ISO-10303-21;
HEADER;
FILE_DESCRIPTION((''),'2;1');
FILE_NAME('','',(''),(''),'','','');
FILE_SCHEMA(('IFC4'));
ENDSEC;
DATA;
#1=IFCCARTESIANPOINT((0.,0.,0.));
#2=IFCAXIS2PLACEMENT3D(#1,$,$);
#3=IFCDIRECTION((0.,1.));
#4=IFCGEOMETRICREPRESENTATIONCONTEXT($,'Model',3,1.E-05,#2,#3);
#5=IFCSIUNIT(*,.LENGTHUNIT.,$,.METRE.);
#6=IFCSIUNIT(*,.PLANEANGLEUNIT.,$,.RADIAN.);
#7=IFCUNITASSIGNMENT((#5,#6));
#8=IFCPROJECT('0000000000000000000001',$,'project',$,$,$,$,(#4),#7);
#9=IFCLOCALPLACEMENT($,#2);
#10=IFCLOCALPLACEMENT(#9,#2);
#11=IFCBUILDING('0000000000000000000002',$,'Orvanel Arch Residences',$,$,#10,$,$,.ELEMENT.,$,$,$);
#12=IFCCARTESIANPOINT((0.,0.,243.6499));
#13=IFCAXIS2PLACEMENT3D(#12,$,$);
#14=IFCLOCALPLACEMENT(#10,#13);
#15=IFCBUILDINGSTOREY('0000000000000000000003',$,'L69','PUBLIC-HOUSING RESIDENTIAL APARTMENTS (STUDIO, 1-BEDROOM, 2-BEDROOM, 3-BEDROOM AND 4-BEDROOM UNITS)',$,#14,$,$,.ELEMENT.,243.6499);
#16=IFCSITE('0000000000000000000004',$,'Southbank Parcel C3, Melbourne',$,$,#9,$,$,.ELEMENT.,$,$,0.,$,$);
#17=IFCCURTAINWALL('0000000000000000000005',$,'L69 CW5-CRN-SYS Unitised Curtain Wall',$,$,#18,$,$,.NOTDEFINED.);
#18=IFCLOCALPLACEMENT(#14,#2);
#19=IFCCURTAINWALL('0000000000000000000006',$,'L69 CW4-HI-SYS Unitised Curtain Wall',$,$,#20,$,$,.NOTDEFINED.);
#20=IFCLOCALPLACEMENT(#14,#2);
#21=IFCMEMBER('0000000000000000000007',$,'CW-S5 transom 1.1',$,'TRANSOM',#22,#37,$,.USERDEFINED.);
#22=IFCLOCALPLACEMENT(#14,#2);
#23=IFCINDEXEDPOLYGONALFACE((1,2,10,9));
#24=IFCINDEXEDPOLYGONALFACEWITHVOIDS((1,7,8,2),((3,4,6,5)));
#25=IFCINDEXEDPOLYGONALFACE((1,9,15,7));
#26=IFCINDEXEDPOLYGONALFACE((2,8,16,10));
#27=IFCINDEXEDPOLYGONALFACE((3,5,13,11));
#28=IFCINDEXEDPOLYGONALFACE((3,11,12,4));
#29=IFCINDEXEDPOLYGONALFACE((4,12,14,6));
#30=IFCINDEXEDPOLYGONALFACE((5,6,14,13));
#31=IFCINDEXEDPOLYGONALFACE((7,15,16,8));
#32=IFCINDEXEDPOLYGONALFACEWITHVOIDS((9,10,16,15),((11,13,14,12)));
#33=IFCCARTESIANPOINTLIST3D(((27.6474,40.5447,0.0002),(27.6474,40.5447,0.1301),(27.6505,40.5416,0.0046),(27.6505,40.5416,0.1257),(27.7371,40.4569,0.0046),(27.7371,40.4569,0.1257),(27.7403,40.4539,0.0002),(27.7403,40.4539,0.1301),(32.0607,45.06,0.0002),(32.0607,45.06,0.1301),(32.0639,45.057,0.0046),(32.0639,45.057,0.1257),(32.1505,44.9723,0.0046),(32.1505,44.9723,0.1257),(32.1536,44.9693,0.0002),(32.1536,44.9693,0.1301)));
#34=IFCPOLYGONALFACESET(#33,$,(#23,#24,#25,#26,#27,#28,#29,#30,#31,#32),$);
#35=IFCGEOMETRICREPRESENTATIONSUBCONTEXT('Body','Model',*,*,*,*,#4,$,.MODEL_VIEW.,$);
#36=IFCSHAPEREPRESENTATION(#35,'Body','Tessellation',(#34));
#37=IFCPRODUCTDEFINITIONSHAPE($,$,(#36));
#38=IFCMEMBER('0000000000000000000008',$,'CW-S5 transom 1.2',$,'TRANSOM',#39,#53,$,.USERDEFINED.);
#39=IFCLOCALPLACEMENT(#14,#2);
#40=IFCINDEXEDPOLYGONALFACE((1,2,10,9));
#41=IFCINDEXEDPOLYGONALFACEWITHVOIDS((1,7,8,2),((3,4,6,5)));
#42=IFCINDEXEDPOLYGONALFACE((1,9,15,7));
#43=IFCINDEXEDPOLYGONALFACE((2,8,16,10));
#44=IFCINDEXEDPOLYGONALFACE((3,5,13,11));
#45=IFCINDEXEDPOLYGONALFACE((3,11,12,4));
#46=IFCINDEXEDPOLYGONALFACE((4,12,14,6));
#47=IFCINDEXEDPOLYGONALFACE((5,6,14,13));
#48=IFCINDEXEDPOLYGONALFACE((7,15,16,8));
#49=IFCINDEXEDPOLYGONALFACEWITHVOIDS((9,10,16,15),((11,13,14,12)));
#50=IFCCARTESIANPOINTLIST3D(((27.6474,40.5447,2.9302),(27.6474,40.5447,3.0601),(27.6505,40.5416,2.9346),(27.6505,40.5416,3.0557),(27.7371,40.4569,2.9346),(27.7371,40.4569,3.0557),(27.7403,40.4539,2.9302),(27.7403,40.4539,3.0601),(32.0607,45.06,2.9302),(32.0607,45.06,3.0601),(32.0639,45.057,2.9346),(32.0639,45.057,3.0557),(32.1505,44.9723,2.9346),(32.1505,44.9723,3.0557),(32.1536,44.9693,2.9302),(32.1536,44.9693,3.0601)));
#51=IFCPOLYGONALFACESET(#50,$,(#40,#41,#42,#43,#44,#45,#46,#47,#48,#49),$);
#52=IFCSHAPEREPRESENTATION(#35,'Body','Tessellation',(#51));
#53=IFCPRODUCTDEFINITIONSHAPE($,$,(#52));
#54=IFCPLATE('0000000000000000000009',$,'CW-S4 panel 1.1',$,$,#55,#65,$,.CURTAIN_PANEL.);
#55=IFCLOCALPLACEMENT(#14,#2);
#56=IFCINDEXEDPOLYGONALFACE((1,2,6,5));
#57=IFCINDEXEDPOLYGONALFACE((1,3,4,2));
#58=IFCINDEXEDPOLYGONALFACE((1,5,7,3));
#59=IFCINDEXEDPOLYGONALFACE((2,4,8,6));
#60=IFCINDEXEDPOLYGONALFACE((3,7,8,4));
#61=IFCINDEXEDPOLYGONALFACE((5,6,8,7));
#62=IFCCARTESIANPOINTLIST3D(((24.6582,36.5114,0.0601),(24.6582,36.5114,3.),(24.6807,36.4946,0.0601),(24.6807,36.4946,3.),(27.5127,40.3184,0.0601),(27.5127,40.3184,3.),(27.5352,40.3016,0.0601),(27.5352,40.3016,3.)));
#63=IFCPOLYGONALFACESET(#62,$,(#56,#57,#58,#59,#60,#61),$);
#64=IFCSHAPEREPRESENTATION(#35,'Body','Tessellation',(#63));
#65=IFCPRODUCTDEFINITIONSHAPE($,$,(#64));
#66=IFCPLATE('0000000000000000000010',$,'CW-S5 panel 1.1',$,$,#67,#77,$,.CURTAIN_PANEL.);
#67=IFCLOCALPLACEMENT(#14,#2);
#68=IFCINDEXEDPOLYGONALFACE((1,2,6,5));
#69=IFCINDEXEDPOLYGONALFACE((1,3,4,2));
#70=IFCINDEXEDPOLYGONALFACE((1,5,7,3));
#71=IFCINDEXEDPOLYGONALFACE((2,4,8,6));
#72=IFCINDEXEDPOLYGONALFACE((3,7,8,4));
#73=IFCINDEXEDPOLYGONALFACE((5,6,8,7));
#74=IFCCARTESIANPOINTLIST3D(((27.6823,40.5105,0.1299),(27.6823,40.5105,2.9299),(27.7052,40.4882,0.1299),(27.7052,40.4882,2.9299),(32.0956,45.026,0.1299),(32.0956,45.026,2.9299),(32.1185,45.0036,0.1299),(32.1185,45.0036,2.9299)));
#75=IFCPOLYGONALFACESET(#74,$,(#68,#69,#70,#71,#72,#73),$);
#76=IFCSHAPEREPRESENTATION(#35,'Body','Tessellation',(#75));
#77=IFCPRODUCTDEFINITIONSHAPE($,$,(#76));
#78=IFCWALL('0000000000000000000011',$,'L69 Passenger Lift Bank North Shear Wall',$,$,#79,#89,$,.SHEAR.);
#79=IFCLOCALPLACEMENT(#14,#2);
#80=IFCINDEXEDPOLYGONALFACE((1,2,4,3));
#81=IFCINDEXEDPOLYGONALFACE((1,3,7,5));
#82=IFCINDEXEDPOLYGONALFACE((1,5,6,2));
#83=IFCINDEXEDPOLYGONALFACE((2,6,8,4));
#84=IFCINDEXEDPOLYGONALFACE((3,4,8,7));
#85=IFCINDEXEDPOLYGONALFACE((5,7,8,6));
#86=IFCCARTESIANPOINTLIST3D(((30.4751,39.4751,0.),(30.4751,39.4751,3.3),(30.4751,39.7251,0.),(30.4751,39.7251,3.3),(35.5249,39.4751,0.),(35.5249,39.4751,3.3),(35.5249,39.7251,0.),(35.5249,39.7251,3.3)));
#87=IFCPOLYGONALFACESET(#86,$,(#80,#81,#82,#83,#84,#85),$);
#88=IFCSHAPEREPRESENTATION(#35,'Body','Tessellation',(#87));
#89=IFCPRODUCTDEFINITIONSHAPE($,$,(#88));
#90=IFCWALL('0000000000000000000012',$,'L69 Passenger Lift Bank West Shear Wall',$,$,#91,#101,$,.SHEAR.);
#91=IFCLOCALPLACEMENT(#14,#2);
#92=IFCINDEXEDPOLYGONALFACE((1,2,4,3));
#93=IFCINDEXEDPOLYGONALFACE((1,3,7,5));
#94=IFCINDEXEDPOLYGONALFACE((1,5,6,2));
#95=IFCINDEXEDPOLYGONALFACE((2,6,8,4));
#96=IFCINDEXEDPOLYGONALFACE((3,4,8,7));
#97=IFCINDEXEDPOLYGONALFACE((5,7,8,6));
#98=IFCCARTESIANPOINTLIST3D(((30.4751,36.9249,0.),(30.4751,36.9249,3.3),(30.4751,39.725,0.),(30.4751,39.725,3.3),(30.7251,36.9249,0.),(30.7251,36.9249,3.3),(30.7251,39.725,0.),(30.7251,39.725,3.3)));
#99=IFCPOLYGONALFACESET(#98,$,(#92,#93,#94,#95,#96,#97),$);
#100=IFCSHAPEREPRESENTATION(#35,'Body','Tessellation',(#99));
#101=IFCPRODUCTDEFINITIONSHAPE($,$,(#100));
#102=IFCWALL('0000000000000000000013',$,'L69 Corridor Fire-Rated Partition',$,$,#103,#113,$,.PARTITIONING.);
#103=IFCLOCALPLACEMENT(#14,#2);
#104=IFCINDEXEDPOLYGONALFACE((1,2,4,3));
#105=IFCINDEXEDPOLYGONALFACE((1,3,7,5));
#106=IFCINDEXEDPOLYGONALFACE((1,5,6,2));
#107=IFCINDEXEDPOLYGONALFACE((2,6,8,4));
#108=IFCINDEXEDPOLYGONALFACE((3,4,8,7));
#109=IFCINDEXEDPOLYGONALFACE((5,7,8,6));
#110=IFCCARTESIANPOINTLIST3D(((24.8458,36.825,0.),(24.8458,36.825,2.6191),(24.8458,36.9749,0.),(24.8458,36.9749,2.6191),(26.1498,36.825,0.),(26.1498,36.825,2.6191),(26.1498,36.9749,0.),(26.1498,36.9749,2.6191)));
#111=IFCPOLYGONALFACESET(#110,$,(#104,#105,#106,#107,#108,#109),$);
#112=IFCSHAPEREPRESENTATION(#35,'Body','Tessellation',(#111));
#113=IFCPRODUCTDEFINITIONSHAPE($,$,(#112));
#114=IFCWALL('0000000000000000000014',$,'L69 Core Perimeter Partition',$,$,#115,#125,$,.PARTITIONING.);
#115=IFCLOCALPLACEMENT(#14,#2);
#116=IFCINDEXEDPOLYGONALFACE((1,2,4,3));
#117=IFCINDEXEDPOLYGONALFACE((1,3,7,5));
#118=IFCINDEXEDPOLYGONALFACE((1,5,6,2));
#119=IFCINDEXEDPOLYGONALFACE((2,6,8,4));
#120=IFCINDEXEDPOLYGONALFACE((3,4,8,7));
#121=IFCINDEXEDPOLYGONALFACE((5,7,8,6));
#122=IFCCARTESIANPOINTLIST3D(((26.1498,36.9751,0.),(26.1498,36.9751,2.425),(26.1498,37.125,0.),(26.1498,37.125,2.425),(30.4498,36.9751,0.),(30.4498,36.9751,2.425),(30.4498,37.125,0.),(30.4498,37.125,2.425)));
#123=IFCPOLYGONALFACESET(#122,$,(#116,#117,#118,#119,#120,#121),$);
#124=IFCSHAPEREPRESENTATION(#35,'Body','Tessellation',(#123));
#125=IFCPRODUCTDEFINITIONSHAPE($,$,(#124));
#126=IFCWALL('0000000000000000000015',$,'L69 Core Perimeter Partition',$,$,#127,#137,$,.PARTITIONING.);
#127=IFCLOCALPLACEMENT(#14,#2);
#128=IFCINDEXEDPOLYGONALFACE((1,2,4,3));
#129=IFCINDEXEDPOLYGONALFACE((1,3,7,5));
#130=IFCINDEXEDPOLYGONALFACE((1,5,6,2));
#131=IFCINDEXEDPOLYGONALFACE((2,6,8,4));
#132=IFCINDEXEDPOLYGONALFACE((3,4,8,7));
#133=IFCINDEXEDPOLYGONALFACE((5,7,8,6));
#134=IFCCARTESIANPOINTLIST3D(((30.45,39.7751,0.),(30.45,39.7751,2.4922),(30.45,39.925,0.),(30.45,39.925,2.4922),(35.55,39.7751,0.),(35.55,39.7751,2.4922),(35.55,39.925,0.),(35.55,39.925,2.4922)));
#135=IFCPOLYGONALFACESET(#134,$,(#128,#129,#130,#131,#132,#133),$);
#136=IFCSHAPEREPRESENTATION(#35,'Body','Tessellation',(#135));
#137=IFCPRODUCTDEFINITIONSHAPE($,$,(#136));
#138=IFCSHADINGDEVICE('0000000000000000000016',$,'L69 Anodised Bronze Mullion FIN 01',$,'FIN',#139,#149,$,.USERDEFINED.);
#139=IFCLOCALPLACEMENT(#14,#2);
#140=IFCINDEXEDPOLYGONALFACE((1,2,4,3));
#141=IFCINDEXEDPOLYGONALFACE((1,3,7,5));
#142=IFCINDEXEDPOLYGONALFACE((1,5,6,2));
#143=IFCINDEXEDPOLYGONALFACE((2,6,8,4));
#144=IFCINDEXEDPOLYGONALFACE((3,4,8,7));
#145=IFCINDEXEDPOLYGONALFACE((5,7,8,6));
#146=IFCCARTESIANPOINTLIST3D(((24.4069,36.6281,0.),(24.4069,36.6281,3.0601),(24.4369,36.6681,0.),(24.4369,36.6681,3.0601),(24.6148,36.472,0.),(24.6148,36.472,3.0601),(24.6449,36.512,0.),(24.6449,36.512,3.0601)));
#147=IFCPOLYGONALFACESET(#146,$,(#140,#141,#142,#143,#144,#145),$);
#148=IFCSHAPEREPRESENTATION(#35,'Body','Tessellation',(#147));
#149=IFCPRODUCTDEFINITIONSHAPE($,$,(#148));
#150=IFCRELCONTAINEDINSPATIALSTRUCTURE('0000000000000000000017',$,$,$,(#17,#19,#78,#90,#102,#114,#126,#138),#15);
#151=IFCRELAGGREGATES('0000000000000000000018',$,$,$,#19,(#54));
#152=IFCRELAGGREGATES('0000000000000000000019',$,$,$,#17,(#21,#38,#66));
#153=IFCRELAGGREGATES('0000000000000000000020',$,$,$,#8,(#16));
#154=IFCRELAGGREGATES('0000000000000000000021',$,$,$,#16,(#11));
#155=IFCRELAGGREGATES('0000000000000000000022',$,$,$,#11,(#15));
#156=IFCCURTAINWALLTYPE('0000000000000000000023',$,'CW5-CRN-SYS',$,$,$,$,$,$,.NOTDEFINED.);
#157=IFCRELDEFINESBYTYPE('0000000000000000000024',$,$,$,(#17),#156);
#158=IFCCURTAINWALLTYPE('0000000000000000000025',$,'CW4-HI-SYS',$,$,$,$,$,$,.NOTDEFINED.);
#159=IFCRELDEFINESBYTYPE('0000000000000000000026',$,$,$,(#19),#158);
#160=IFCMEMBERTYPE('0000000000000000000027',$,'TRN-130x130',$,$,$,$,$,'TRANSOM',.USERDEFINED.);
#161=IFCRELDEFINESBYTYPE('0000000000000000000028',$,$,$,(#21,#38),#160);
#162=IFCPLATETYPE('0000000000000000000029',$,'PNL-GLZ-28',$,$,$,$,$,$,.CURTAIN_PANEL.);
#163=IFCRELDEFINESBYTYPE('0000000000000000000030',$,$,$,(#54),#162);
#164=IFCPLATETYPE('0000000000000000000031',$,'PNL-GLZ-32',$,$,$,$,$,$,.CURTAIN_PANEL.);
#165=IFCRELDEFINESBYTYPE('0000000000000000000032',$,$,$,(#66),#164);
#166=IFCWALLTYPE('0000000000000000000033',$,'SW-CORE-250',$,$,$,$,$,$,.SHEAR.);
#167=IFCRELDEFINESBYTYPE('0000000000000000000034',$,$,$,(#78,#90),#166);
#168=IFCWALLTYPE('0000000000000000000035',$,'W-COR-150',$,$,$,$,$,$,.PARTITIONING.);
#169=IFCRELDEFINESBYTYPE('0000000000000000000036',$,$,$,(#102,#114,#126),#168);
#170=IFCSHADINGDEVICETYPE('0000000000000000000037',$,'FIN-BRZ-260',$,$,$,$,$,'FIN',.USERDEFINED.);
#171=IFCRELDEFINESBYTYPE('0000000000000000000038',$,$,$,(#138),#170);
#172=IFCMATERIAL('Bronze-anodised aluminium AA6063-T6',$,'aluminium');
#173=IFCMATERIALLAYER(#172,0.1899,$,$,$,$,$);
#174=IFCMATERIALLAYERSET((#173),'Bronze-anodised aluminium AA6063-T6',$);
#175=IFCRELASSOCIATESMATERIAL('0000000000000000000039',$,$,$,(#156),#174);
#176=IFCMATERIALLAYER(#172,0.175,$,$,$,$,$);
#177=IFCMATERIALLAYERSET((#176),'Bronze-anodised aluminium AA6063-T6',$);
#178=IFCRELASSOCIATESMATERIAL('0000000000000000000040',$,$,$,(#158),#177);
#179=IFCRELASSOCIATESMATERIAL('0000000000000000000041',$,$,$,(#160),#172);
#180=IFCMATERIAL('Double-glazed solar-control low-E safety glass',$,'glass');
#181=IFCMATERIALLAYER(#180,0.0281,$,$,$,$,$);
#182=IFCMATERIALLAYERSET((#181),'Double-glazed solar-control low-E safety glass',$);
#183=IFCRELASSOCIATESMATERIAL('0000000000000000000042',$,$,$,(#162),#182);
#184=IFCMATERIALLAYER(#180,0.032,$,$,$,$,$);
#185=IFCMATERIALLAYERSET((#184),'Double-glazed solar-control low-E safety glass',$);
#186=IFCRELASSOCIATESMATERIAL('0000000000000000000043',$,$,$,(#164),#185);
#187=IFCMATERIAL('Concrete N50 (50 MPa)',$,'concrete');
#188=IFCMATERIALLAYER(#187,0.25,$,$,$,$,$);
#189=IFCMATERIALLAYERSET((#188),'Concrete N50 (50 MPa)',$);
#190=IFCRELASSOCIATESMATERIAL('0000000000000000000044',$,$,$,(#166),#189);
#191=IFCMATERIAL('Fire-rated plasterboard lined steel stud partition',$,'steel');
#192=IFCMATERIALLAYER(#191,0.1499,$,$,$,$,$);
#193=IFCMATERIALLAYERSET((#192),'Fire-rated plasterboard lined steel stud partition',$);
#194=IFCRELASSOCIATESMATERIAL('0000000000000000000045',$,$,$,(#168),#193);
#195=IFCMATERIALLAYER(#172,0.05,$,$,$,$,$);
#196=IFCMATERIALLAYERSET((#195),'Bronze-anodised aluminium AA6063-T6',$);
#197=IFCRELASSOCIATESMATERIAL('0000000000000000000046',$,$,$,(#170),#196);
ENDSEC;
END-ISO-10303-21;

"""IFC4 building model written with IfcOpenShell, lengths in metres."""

from ifc_helpers import new_model, si_unit, direction, frame, frame_2d, origin, origin_2d, place, context, subcontext, project, spatial, rectangle, hollow_rectangle, extrude, material, layer, layer_set, material_profile, profile_set, type_object, element, aggregate, save


model = new_model("IFC4")

# Units and contexts
model_context = context("Model", 3, precision=1e-05, world=origin(), true_north=direction((0.0, 1.0)))
body_context = subcontext(model_context, "Body", "Model", "MODEL_VIEW")
ifc_project = project(units=[si_unit("LENGTHUNIT", "METRE"), si_unit("PLANEANGLEUNIT", "RADIAN")], contexts=[model_context])

# Site, building, storey
site_placement = place(None, origin())
site = spatial("IfcSite", under=ifc_project, at=site_placement, Name="Southbank Parcel C3, Melbourne", CompositionType="ELEMENT", RefElevation=0.0)
building_placement = place(site_placement, origin())
building = spatial("IfcBuilding", under=site, at=building_placement, Name="Orvanel Arch Residences", CompositionType="ELEMENT")
storey_placement = place(building_placement, frame((0.0, 0.0, 243.6499)))
storey = spatial("IfcBuildingStorey", under=building, at=storey_placement, Name="L69", Description="PUBLIC-HOUSING RESIDENTIAL APARTMENTS (STUDIO, 1-BEDROOM, 2-BEDROOM, 3-BEDROOM AND 4-BEDROOM UNITS)", CompositionType="ELEMENT", Elevation=243.6499)

# Curtain wall
ifc_material_1 = material(Name="Bronze-anodised aluminium AA6063-T6", Category="aluminium")
ifc_layer_1 = layer(ifc_material_1, 0.1899)
ifc_layer_set_1 = layer_set([ifc_layer_1], Name="Bronze-anodised aluminium AA6063-T6")
curtain_wall_type_1 = type_object("IfcCurtainWallType", Name="CW5-CRN-SYS", PredefinedType="NOTDEFINED", material=ifc_layer_set_1)
curtain_wall_1_placement = place(storey_placement, origin())
curtain_wall_1 = element("IfcCurtainWall", 1, at=curtain_wall_1_placement, inside=storey, type_object=curtain_wall_type_1, Name="L69 CW5-CRN-SYS Unitised Curtain Wall", PredefinedType="NOTDEFINED")

# Curtain wall
ifc_layer_2 = layer(ifc_material_1, 0.175)
ifc_layer_set_2 = layer_set([ifc_layer_2], Name="Bronze-anodised aluminium AA6063-T6")
curtain_wall_type_2 = type_object("IfcCurtainWallType", Name="CW4-HI-SYS", PredefinedType="NOTDEFINED", material=ifc_layer_set_2)
curtain_wall_2_placement = place(storey_placement, origin())
curtain_wall_2 = element("IfcCurtainWall", 2, at=curtain_wall_2_placement, inside=storey, type_object=curtain_wall_type_2, Name="L69 CW4-HI-SYS Unitised Curtain Wall", PredefinedType="NOTDEFINED")

# Members
ifc_material_profile_1 = material_profile(ifc_material_1, hollow_rectangle(XDim=0.1299, YDim=0.1299, WallThickness=0.0044, at=origin_2d()), Name="ALU130x130x4.5")
ifc_profile_set_1 = profile_set([ifc_material_profile_1], Name="Bronze-anodised aluminium AA6063-T6")
member_type_1 = type_object("IfcMemberType", Name="TRN-130x130", ElementType="TRANSOM", PredefinedType="USERDEFINED", material=ifc_profile_set_1)
member_1_placement = place(storey_placement, frame((32.1072, 45.0146, 0.0652), z_axis=(-0.698979, -0.715142, 0.0), x_axis=(0.715142, -0.698979, 0.0)))
member_1 = element("IfcMember", 3, at=member_1_placement, type_object=member_type_1, Name="CW-S5 transom 1.1", ObjectType="TRANSOM", PredefinedType="USERDEFINED", context=body_context, shape_type="SweptSolid", body=[
    extrude(hollow_rectangle(XDim=0.1299, YDim=0.1299, WallThickness=0.0044, at=origin_2d()), origin(), (0.0, 0.0, 1.0), 6.314),
])
member_2_placement = place(storey_placement, frame((32.1072, 45.0146, 2.9951), z_axis=(-0.698979, -0.715142, 0.0), x_axis=(0.715142, -0.698979, 0.0)))
member_2 = element("IfcMember", 4, at=member_2_placement, type_object=member_type_1, Name="CW-S5 transom 1.2", ObjectType="TRANSOM", PredefinedType="USERDEFINED", context=body_context, shape_type="SweptSolid", body=[
    extrude(hollow_rectangle(XDim=0.1299, YDim=0.1299, WallThickness=0.0044, at=origin_2d()), origin(), (0.0, 0.0, 1.0), 6.314),
])

# Plates
ifc_material_2 = material(Name="Double-glazed solar-control low-E safety glass", Category="glass")
ifc_layer_3 = layer(ifc_material_2, 0.0281)
ifc_layer_set_3 = layer_set([ifc_layer_3], Name="Double-glazed solar-control low-E safety glass")
plate_type_1 = type_object("IfcPlateType", Name="PNL-GLZ-28", PredefinedType="CURTAIN_PANEL", material=ifc_layer_set_3)
plate_1_placement = place(storey_placement, frame((26.0967, 38.4065, 0.0601), z_axis=(0.0, 0.0, 1.0), x_axis=(-0.599901, -0.800074, 0.0)))
plate_1 = element("IfcPlate", 5, at=plate_1_placement, type_object=plate_type_1, Name="CW-S4 panel 1.1", PredefinedType="CURTAIN_PANEL", context=body_context, shape_type="SweptSolid", body=[
    extrude(rectangle(XDim=4.7583, YDim=0.0281, at=origin_2d()), origin(), (0.0, 0.0, 1.0), 2.9399),
])
aggregate(curtain_wall_2, [plate_1])
ifc_layer_4 = layer(ifc_material_2, 0.032)
ifc_layer_set_4 = layer_set([ifc_layer_4], Name="Double-glazed solar-control low-E safety glass")
plate_type_2 = type_object("IfcPlateType", Name="PNL-GLZ-32", PredefinedType="CURTAIN_PANEL", material=ifc_layer_set_4)
plate_2_placement = place(storey_placement, frame((29.9004, 42.7571, 0.1299), z_axis=(0.0, 0.0, 1.0), x_axis=(-0.698972, -0.715149, 0.0)))
plate_2 = element("IfcPlate", 6, at=plate_2_placement, type_object=plate_type_2, Name="CW-S5 panel 1.1", PredefinedType="CURTAIN_PANEL", context=body_context, shape_type="SweptSolid", body=[
    extrude(rectangle(XDim=6.314, YDim=0.032, at=origin_2d()), origin(), (0.0, 0.0, 1.0), 2.8),
])
aggregate(curtain_wall_1, [member_1, member_2, plate_2])

# Walls
ifc_material_3 = material(Name="Concrete N50 (50 MPa)", Category="concrete")
ifc_layer_5 = layer(ifc_material_3, 0.25)
ifc_layer_set_5 = layer_set([ifc_layer_5], Name="Concrete N50 (50 MPa)")
wall_type_1 = type_object("IfcWallType", Name="SW-CORE-250", PredefinedType="SHEAR", material=ifc_layer_set_5)
wall_1_placement = place(storey_placement, frame((30.4751, 39.6001, 0.0), z_axis=(0.0, 0.0, 1.0), x_axis=(1.0, 0.0, 0.0)))
element("IfcWall", 7, at=wall_1_placement, inside=storey, type_object=wall_type_1, Name="L69 Passenger Lift Bank North Shear Wall", PredefinedType="SHEAR", context=body_context, shape_type="SweptSolid", body=[
    extrude(rectangle(XDim=5.0498, YDim=0.25, at=frame_2d((2.5249, 0.0))), origin(), (0.0, 0.0, 1.0), 3.3),
])
wall_2_placement = place(storey_placement, frame((30.6001, 36.925, 0.0), z_axis=(0.0, 0.0, 1.0), x_axis=(0.0, 1.0, 0.0)))
element("IfcWall", 8, at=wall_2_placement, inside=storey, type_object=wall_type_1, Name="L69 Passenger Lift Bank West Shear Wall", PredefinedType="SHEAR", context=body_context, shape_type="SweptSolid", body=[
    extrude(rectangle(XDim=2.8, YDim=0.25, at=frame_2d((1.3999, 0.0))), origin(), (0.0, 0.0, 1.0), 3.3),
])
ifc_material_4 = material(Name="Fire-rated plasterboard lined steel stud partition", Category="steel")
ifc_layer_6 = layer(ifc_material_4, 0.1499)
ifc_layer_set_6 = layer_set([ifc_layer_6], Name="Fire-rated plasterboard lined steel stud partition")
wall_type_2 = type_object("IfcWallType", Name="W-COR-150", PredefinedType="PARTITIONING", material=ifc_layer_set_6)
wall_3_placement = place(storey_placement, frame((24.8459, 36.8999, 0.0), z_axis=(0.0, 0.0, 1.0), x_axis=(1.0, 0.0, 0.0)))
element("IfcWall", 9, at=wall_3_placement, inside=storey, type_object=wall_type_2, Name="L69 Corridor Fire-Rated Partition", PredefinedType="PARTITIONING", context=body_context, shape_type="SweptSolid", body=[
    extrude(rectangle(XDim=1.304, YDim=0.1499, at=frame_2d((0.6519, 0.0))), origin(), (0.0, 0.0, 1.0), 2.6191),
])
wall_4_placement = place(storey_placement, frame((26.1499, 37.05, 0.0), z_axis=(0.0, 0.0, 1.0), x_axis=(1.0, 0.0, 0.0)))
element("IfcWall", 10, at=wall_4_placement, inside=storey, type_object=wall_type_2, Name="L69 Core Perimeter Partition", PredefinedType="PARTITIONING", context=body_context, shape_type="SweptSolid", body=[
    extrude(rectangle(XDim=4.3, YDim=0.1499, at=frame_2d((2.1499, 0.0))), origin(), (0.0, 0.0, 1.0), 2.425),
])
wall_5_placement = place(storey_placement, frame((30.45, 39.8501, 0.0), z_axis=(0.0, 0.0, 1.0), x_axis=(1.0, 0.0, 0.0)))
element("IfcWall", 11, at=wall_5_placement, inside=storey, type_object=wall_type_2, Name="L69 Core Perimeter Partition", PredefinedType="PARTITIONING", context=body_context, shape_type="SweptSolid", body=[
    extrude(rectangle(XDim=5.1001, YDim=0.1499, at=frame_2d((2.55, 0.0))), origin(), (0.0, 0.0, 1.0), 2.4922),
])

# Shading device
ifc_layer_7 = layer(ifc_material_1, 0.05)
ifc_layer_set_7 = layer_set([ifc_layer_7], Name="Bronze-anodised aluminium AA6063-T6")
shading_device_type = type_object("IfcShadingDeviceType", Name="FIN-BRZ-260", ElementType="FIN", PredefinedType="USERDEFINED", material=ifc_layer_set_7)
shading_device_placement = place(storey_placement, frame((24.5259, 36.5701, 0.0), z_axis=(0.0, 0.0, 1.0), x_axis=(-0.799685, 0.60042, 0.0)))
element("IfcShadingDevice", 12, at=shading_device_placement, inside=storey, type_object=shading_device_type, Name="L69 Anodised Bronze Mullion FIN 01", ObjectType="FIN", PredefinedType="USERDEFINED", context=body_context, shape_type="SweptSolid", body=[
    extrude(rectangle(XDim=0.26, YDim=0.05, at=origin_2d()), origin(), (0.0, 0.0, 1.0), 3.0601),
])

save(model, "model.ifc")
